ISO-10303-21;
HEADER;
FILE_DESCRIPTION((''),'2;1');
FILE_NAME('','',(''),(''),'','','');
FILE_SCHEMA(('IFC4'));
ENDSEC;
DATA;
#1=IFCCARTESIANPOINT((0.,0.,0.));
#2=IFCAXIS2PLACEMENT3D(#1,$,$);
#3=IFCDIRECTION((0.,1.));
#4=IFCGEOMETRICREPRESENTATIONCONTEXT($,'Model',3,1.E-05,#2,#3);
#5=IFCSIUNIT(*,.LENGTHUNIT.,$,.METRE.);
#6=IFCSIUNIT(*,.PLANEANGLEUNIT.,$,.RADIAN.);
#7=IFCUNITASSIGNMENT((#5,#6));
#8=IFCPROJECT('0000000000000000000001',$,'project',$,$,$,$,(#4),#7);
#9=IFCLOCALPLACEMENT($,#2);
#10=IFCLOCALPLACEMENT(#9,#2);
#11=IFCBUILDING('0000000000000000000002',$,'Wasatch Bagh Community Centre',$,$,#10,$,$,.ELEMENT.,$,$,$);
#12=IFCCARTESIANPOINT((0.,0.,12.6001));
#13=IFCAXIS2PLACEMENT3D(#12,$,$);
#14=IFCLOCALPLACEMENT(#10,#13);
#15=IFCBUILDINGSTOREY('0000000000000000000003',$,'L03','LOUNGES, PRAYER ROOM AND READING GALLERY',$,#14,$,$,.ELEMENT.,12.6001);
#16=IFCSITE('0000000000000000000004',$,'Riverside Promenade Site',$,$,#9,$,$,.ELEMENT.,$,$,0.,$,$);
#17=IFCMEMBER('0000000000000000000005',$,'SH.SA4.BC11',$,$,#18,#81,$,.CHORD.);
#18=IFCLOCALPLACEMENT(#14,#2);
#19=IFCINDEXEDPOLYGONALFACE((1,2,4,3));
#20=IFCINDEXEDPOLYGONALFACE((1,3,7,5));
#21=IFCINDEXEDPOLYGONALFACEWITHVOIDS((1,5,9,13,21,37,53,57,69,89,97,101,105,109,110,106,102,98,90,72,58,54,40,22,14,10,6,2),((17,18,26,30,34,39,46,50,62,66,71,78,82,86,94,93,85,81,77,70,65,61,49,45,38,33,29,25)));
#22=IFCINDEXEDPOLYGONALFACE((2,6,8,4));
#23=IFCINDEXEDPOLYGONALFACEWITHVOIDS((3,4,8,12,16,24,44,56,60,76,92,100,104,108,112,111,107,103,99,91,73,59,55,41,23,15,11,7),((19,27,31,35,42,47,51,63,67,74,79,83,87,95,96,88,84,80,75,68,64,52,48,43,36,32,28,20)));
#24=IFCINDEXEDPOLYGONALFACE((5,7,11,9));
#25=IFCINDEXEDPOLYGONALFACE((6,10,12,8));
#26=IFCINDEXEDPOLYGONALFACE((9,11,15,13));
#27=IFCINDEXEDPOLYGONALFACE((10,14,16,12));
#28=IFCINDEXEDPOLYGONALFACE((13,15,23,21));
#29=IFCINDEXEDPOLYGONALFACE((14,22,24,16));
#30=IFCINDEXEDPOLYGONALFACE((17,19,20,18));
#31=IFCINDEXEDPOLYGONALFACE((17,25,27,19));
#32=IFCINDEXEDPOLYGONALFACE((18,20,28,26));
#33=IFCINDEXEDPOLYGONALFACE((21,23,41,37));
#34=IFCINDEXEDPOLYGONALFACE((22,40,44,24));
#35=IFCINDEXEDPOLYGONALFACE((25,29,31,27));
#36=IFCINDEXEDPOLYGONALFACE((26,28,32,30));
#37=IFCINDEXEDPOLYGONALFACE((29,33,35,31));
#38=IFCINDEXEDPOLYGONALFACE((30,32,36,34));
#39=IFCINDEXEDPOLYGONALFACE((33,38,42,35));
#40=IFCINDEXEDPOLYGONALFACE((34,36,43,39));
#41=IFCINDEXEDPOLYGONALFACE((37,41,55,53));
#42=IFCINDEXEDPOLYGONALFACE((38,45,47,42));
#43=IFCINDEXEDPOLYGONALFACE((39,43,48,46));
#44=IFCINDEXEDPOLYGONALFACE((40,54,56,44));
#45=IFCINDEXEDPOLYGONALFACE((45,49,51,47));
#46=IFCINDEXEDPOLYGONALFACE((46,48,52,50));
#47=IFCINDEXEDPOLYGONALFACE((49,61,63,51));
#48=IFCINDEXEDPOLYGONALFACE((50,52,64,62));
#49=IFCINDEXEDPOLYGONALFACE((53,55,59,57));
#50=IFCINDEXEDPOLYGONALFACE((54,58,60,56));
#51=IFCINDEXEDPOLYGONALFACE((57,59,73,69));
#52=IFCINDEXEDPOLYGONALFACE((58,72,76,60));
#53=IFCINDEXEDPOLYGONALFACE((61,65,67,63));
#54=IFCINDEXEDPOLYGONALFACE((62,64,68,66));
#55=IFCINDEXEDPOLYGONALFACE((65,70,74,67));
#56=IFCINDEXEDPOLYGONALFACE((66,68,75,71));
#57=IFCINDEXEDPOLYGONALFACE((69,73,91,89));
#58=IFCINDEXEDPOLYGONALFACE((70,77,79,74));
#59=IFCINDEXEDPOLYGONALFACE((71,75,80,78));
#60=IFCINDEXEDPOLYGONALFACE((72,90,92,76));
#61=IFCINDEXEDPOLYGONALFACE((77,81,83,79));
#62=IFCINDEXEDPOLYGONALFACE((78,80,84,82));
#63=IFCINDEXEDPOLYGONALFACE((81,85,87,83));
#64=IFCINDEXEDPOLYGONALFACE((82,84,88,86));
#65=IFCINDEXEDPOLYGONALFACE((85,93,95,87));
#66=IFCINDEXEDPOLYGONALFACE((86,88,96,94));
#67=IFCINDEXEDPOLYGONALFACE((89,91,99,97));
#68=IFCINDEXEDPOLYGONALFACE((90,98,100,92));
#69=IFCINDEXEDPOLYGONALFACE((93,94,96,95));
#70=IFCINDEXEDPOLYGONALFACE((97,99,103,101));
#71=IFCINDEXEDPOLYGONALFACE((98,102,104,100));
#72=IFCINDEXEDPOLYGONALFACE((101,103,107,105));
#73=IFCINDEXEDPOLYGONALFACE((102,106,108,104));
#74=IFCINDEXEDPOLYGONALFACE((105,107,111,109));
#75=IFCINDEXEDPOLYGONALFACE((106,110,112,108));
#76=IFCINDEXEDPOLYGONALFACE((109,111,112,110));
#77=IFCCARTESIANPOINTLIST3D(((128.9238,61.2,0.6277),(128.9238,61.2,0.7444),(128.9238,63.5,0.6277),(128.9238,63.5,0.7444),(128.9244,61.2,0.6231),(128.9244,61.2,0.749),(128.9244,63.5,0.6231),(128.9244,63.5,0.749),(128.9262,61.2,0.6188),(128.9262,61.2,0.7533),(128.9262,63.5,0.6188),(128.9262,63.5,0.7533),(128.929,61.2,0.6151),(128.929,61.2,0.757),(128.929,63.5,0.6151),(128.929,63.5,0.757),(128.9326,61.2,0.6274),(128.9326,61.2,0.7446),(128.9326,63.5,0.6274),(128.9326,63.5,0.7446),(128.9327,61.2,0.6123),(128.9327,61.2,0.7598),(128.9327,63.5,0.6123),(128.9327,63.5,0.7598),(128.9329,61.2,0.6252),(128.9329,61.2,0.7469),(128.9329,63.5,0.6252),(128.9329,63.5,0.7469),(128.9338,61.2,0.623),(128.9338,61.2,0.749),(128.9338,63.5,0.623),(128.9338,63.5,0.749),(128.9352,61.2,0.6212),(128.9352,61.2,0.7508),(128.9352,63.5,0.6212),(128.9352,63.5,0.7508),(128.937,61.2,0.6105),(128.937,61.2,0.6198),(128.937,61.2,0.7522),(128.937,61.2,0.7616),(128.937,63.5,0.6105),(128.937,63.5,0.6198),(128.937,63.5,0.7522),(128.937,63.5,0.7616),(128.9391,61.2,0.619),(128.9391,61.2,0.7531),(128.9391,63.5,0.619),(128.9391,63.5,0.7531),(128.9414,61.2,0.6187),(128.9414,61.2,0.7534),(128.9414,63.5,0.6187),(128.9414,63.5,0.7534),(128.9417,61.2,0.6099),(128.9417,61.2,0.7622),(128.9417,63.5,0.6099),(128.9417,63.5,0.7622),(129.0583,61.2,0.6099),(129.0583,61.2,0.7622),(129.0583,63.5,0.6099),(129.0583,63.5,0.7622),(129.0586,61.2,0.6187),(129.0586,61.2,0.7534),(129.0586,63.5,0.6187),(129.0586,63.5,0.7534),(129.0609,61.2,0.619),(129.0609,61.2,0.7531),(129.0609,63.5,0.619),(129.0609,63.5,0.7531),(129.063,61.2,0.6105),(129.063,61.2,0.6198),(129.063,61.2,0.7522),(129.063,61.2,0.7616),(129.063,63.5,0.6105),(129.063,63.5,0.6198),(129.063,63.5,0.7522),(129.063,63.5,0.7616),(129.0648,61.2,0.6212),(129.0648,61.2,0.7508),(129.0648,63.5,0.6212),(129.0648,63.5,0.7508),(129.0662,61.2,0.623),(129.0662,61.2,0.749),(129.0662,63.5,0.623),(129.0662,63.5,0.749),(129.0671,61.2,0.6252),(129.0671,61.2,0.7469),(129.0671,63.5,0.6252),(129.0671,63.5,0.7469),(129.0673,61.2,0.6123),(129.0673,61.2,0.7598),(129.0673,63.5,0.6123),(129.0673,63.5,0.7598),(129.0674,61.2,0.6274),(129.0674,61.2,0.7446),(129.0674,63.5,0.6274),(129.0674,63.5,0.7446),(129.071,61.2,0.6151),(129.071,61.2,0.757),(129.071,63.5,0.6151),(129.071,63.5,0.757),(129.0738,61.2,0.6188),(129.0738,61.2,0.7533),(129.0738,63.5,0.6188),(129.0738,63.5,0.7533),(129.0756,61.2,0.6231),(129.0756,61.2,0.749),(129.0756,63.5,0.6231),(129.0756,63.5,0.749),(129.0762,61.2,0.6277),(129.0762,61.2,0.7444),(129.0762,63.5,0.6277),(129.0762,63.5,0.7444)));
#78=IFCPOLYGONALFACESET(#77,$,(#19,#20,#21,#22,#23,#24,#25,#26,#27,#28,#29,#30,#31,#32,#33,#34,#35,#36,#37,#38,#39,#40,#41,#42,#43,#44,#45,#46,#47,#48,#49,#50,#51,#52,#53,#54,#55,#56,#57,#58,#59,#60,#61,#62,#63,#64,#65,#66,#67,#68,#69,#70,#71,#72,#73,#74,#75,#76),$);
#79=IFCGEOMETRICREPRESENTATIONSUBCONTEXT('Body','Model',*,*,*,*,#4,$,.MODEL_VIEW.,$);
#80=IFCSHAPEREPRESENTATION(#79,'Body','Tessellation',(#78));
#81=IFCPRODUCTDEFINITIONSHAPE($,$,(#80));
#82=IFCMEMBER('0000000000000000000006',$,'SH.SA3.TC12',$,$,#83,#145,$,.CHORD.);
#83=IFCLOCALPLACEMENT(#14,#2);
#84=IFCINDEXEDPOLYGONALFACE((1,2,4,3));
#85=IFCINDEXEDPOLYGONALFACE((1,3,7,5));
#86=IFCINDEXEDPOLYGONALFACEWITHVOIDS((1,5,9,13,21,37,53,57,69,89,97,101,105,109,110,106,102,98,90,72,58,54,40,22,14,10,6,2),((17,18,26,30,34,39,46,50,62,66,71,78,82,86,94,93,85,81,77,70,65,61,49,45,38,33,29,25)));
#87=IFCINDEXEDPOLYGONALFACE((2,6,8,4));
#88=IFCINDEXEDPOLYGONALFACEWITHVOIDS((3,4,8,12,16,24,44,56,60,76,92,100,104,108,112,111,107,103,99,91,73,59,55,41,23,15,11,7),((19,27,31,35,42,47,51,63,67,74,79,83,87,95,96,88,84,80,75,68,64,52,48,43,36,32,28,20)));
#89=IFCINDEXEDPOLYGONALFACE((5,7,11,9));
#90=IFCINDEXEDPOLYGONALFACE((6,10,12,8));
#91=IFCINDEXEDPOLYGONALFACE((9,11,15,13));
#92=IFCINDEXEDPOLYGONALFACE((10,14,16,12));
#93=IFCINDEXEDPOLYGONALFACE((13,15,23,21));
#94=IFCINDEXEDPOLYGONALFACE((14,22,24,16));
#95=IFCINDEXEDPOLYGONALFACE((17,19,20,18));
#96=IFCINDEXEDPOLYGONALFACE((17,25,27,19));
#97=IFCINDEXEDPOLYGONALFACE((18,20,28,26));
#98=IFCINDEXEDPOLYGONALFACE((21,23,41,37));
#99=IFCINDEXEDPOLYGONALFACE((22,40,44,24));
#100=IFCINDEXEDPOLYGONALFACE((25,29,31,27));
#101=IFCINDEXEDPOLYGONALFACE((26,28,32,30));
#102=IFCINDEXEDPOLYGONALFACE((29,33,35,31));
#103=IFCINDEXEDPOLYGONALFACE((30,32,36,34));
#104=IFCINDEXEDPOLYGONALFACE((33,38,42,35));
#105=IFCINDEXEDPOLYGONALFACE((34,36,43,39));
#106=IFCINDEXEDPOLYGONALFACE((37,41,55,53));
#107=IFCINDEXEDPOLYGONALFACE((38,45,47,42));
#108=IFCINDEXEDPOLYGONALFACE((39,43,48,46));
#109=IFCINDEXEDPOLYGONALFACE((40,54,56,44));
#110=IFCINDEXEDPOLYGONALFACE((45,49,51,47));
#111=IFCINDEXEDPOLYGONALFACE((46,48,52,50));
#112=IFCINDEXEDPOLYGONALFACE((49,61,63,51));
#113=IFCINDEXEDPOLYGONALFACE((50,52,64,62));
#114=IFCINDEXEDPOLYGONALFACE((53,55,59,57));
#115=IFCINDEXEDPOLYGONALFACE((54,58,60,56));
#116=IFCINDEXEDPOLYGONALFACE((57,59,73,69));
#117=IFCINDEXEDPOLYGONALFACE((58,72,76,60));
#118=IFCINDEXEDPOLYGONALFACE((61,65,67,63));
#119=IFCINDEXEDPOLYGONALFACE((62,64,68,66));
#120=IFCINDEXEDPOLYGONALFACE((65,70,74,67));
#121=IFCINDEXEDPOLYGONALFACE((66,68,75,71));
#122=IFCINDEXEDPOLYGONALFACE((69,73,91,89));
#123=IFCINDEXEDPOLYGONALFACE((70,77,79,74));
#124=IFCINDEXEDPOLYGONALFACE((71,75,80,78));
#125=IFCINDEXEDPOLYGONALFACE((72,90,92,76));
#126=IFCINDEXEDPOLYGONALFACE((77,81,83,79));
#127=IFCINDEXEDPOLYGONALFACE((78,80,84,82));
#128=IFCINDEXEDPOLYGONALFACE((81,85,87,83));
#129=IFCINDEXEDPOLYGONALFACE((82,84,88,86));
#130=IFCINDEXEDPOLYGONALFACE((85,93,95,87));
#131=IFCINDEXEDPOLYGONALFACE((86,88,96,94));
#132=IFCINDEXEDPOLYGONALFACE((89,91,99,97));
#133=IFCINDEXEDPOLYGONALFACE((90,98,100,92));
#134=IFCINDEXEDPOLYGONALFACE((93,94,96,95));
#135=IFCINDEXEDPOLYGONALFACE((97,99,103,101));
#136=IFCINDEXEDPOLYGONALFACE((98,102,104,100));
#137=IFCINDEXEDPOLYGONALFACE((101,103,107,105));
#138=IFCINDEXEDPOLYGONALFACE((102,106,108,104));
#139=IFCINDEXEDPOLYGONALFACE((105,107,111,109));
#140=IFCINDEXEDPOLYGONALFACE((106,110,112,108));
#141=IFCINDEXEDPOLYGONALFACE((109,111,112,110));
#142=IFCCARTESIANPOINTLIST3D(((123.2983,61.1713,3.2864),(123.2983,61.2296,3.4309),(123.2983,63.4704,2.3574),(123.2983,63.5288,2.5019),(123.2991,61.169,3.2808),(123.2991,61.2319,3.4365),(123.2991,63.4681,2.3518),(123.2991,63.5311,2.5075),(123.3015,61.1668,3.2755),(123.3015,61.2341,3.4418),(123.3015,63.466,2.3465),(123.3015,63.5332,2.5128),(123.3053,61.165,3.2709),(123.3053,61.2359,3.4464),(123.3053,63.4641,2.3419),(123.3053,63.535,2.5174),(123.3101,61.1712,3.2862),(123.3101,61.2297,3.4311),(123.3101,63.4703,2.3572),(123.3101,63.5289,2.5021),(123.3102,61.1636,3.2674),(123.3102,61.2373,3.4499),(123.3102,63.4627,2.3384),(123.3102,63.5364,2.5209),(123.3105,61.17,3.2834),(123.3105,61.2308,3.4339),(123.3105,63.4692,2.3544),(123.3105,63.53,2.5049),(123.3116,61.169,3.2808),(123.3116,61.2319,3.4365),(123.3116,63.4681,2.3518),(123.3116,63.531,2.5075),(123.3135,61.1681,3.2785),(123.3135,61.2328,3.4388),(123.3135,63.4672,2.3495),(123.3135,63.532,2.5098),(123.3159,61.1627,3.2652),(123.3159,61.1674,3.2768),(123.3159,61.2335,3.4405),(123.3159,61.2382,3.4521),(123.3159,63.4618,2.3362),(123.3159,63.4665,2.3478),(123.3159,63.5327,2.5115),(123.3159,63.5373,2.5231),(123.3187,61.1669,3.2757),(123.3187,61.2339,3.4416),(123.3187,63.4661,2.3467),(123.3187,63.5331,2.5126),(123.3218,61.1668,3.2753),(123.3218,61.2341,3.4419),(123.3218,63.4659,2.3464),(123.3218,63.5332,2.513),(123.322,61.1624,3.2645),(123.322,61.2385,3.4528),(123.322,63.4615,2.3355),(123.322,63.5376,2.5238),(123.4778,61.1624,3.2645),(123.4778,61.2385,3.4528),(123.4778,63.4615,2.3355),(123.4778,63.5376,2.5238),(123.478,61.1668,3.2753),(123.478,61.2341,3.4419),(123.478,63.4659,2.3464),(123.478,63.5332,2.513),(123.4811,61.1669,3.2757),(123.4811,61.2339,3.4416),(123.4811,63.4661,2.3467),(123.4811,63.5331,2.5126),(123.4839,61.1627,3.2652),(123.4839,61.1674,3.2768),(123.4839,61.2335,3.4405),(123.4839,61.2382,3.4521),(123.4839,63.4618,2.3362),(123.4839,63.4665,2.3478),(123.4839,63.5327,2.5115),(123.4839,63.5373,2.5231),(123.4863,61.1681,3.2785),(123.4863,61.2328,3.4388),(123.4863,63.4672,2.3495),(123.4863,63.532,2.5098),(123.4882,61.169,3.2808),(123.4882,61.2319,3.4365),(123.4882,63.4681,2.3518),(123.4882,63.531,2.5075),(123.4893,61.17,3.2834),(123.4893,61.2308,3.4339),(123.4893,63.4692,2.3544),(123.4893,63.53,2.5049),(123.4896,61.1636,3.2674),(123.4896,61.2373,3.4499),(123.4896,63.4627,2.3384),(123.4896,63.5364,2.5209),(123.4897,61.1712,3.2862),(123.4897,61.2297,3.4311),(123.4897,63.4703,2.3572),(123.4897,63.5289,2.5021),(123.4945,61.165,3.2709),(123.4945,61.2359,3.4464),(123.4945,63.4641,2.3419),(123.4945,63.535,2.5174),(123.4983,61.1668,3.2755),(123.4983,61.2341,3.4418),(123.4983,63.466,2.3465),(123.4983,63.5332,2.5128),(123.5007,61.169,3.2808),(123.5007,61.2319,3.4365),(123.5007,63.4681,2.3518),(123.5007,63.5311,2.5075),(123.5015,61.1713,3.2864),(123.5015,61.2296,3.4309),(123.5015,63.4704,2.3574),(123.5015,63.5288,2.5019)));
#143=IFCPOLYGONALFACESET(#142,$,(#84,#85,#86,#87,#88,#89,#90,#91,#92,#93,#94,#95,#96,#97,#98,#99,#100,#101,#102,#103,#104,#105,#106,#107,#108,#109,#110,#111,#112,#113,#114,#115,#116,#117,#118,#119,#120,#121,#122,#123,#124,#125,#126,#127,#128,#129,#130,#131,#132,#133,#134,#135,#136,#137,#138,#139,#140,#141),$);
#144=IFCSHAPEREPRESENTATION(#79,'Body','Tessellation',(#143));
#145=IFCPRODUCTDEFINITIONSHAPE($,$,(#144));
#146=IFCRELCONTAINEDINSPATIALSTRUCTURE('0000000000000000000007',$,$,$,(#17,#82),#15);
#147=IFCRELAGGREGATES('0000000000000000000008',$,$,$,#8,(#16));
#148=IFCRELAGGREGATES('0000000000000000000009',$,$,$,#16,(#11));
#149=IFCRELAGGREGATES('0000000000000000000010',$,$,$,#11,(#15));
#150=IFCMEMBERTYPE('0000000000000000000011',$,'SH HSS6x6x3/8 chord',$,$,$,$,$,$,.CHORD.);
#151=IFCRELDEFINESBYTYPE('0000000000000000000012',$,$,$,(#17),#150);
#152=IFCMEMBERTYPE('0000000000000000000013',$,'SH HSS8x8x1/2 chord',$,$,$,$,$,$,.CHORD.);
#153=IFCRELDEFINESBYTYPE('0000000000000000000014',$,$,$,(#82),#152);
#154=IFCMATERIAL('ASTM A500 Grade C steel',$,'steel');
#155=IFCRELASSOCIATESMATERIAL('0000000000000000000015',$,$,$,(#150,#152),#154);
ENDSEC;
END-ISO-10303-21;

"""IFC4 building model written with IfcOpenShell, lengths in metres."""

from ifc_helpers import new_model, si_unit, direction, frame, origin, origin_2d, place, context, subcontext, project, spatial, hollow_rectangle, extrude, material, material_profile, profile_set, type_object, element, save


model = new_model("IFC4")

# Units and contexts
model_context = context("Model", 3, precision=1e-05, world=origin(), true_north=direction((0.0, 1.0)))
body_context = subcontext(model_context, "Body", "Model", "MODEL_VIEW")
ifc_project = project(units=[si_unit("LENGTHUNIT", "METRE"), si_unit("PLANEANGLEUNIT", "RADIAN")], contexts=[model_context])

# Site, building, storey
site_placement = place(None, origin())
site = spatial("IfcSite", under=ifc_project, at=site_placement, Name="Riverside Promenade Site", CompositionType="ELEMENT", RefElevation=0.0)
building_placement = place(site_placement, origin())
building = spatial("IfcBuilding", under=site, at=building_placement, Name="Wasatch Bagh Community Centre", CompositionType="ELEMENT")
storey_placement = place(building_placement, frame((0.0, 0.0, 12.6001)))
storey = spatial("IfcBuildingStorey", under=building, at=storey_placement, Name="L03", Description="LOUNGES, PRAYER ROOM AND READING GALLERY", CompositionType="ELEMENT", Elevation=12.6001)

# Members
ifc_material_1 = material(Name="ASTM A500 Grade C steel", Category="steel")
ifc_material_profile_1 = material_profile(ifc_material_1, hollow_rectangle(XDim=0.1523, YDim=0.1523, WallThickness=0.0088, InnerFilletRadius=0.0088, OuterFilletRadius=0.0178, at=origin_2d()), Name="HSS6x6x3/8")
ifc_profile_set_1 = profile_set([ifc_material_profile_1], Name="ASTM A500 Grade C steel")
member_type_1 = type_object("IfcMemberType", Name="SH HSS6x6x3/8 chord", PredefinedType="CHORD", material=ifc_profile_set_1)
for number, where, z_axis, x_axis, name in (
    (1, (129.0, 61.2, 0.686), (0.0, 1.0, 0.0), (-1.0, 0.0, 0.0), "SH.SA4.BC11"),
):
    element("IfcMember", number, at=place(storey_placement, frame(where, z_axis=z_axis, x_axis=x_axis)), inside=storey, type_object=member_type_1, Name=name, PredefinedType="CHORD", context=body_context, shape_type="SweptSolid", body=[
        extrude(hollow_rectangle(XDim=0.1523, YDim=0.1523, WallThickness=0.0088, InnerFilletRadius=0.0088, OuterFilletRadius=0.0178, at=origin_2d()), origin(), (0.0, 0.0, 1.0), 2.3),
    ])
ifc_material_profile_2 = material_profile(ifc_material_1, hollow_rectangle(XDim=0.2031, YDim=0.2031, WallThickness=0.0117, InnerFilletRadius=0.0117, OuterFilletRadius=0.0237, at=origin_2d()), Name="HSS8x8x1/2")
ifc_profile_set_2 = profile_set([ifc_material_profile_2], Name="ASTM A500 Grade C steel")
member_type_2 = type_object("IfcMemberType", Name="SH HSS8x8x1/2 chord", PredefinedType="CHORD", material=ifc_profile_set_2)
for number, where, z_axis, x_axis, name in (
    (2, (123.3999, 61.2004, 3.3586), (0.0, 0.927174, -0.374631), (-1.0, 0.0, 0.0), "SH.SA3.TC12"),
):
    element("IfcMember", number, at=place(storey_placement, frame(where, z_axis=z_axis, x_axis=x_axis)), inside=storey, type_object=member_type_2, Name=name, PredefinedType="CHORD", context=body_context, shape_type="SweptSolid", body=[
        extrude(hollow_rectangle(XDim=0.2031, YDim=0.2031, WallThickness=0.0117, InnerFilletRadius=0.0117, OuterFilletRadius=0.0237, at=origin_2d()), origin(), (0.0, 0.0, 1.0), 2.4797),
    ])

save(model, "model.ifc")
